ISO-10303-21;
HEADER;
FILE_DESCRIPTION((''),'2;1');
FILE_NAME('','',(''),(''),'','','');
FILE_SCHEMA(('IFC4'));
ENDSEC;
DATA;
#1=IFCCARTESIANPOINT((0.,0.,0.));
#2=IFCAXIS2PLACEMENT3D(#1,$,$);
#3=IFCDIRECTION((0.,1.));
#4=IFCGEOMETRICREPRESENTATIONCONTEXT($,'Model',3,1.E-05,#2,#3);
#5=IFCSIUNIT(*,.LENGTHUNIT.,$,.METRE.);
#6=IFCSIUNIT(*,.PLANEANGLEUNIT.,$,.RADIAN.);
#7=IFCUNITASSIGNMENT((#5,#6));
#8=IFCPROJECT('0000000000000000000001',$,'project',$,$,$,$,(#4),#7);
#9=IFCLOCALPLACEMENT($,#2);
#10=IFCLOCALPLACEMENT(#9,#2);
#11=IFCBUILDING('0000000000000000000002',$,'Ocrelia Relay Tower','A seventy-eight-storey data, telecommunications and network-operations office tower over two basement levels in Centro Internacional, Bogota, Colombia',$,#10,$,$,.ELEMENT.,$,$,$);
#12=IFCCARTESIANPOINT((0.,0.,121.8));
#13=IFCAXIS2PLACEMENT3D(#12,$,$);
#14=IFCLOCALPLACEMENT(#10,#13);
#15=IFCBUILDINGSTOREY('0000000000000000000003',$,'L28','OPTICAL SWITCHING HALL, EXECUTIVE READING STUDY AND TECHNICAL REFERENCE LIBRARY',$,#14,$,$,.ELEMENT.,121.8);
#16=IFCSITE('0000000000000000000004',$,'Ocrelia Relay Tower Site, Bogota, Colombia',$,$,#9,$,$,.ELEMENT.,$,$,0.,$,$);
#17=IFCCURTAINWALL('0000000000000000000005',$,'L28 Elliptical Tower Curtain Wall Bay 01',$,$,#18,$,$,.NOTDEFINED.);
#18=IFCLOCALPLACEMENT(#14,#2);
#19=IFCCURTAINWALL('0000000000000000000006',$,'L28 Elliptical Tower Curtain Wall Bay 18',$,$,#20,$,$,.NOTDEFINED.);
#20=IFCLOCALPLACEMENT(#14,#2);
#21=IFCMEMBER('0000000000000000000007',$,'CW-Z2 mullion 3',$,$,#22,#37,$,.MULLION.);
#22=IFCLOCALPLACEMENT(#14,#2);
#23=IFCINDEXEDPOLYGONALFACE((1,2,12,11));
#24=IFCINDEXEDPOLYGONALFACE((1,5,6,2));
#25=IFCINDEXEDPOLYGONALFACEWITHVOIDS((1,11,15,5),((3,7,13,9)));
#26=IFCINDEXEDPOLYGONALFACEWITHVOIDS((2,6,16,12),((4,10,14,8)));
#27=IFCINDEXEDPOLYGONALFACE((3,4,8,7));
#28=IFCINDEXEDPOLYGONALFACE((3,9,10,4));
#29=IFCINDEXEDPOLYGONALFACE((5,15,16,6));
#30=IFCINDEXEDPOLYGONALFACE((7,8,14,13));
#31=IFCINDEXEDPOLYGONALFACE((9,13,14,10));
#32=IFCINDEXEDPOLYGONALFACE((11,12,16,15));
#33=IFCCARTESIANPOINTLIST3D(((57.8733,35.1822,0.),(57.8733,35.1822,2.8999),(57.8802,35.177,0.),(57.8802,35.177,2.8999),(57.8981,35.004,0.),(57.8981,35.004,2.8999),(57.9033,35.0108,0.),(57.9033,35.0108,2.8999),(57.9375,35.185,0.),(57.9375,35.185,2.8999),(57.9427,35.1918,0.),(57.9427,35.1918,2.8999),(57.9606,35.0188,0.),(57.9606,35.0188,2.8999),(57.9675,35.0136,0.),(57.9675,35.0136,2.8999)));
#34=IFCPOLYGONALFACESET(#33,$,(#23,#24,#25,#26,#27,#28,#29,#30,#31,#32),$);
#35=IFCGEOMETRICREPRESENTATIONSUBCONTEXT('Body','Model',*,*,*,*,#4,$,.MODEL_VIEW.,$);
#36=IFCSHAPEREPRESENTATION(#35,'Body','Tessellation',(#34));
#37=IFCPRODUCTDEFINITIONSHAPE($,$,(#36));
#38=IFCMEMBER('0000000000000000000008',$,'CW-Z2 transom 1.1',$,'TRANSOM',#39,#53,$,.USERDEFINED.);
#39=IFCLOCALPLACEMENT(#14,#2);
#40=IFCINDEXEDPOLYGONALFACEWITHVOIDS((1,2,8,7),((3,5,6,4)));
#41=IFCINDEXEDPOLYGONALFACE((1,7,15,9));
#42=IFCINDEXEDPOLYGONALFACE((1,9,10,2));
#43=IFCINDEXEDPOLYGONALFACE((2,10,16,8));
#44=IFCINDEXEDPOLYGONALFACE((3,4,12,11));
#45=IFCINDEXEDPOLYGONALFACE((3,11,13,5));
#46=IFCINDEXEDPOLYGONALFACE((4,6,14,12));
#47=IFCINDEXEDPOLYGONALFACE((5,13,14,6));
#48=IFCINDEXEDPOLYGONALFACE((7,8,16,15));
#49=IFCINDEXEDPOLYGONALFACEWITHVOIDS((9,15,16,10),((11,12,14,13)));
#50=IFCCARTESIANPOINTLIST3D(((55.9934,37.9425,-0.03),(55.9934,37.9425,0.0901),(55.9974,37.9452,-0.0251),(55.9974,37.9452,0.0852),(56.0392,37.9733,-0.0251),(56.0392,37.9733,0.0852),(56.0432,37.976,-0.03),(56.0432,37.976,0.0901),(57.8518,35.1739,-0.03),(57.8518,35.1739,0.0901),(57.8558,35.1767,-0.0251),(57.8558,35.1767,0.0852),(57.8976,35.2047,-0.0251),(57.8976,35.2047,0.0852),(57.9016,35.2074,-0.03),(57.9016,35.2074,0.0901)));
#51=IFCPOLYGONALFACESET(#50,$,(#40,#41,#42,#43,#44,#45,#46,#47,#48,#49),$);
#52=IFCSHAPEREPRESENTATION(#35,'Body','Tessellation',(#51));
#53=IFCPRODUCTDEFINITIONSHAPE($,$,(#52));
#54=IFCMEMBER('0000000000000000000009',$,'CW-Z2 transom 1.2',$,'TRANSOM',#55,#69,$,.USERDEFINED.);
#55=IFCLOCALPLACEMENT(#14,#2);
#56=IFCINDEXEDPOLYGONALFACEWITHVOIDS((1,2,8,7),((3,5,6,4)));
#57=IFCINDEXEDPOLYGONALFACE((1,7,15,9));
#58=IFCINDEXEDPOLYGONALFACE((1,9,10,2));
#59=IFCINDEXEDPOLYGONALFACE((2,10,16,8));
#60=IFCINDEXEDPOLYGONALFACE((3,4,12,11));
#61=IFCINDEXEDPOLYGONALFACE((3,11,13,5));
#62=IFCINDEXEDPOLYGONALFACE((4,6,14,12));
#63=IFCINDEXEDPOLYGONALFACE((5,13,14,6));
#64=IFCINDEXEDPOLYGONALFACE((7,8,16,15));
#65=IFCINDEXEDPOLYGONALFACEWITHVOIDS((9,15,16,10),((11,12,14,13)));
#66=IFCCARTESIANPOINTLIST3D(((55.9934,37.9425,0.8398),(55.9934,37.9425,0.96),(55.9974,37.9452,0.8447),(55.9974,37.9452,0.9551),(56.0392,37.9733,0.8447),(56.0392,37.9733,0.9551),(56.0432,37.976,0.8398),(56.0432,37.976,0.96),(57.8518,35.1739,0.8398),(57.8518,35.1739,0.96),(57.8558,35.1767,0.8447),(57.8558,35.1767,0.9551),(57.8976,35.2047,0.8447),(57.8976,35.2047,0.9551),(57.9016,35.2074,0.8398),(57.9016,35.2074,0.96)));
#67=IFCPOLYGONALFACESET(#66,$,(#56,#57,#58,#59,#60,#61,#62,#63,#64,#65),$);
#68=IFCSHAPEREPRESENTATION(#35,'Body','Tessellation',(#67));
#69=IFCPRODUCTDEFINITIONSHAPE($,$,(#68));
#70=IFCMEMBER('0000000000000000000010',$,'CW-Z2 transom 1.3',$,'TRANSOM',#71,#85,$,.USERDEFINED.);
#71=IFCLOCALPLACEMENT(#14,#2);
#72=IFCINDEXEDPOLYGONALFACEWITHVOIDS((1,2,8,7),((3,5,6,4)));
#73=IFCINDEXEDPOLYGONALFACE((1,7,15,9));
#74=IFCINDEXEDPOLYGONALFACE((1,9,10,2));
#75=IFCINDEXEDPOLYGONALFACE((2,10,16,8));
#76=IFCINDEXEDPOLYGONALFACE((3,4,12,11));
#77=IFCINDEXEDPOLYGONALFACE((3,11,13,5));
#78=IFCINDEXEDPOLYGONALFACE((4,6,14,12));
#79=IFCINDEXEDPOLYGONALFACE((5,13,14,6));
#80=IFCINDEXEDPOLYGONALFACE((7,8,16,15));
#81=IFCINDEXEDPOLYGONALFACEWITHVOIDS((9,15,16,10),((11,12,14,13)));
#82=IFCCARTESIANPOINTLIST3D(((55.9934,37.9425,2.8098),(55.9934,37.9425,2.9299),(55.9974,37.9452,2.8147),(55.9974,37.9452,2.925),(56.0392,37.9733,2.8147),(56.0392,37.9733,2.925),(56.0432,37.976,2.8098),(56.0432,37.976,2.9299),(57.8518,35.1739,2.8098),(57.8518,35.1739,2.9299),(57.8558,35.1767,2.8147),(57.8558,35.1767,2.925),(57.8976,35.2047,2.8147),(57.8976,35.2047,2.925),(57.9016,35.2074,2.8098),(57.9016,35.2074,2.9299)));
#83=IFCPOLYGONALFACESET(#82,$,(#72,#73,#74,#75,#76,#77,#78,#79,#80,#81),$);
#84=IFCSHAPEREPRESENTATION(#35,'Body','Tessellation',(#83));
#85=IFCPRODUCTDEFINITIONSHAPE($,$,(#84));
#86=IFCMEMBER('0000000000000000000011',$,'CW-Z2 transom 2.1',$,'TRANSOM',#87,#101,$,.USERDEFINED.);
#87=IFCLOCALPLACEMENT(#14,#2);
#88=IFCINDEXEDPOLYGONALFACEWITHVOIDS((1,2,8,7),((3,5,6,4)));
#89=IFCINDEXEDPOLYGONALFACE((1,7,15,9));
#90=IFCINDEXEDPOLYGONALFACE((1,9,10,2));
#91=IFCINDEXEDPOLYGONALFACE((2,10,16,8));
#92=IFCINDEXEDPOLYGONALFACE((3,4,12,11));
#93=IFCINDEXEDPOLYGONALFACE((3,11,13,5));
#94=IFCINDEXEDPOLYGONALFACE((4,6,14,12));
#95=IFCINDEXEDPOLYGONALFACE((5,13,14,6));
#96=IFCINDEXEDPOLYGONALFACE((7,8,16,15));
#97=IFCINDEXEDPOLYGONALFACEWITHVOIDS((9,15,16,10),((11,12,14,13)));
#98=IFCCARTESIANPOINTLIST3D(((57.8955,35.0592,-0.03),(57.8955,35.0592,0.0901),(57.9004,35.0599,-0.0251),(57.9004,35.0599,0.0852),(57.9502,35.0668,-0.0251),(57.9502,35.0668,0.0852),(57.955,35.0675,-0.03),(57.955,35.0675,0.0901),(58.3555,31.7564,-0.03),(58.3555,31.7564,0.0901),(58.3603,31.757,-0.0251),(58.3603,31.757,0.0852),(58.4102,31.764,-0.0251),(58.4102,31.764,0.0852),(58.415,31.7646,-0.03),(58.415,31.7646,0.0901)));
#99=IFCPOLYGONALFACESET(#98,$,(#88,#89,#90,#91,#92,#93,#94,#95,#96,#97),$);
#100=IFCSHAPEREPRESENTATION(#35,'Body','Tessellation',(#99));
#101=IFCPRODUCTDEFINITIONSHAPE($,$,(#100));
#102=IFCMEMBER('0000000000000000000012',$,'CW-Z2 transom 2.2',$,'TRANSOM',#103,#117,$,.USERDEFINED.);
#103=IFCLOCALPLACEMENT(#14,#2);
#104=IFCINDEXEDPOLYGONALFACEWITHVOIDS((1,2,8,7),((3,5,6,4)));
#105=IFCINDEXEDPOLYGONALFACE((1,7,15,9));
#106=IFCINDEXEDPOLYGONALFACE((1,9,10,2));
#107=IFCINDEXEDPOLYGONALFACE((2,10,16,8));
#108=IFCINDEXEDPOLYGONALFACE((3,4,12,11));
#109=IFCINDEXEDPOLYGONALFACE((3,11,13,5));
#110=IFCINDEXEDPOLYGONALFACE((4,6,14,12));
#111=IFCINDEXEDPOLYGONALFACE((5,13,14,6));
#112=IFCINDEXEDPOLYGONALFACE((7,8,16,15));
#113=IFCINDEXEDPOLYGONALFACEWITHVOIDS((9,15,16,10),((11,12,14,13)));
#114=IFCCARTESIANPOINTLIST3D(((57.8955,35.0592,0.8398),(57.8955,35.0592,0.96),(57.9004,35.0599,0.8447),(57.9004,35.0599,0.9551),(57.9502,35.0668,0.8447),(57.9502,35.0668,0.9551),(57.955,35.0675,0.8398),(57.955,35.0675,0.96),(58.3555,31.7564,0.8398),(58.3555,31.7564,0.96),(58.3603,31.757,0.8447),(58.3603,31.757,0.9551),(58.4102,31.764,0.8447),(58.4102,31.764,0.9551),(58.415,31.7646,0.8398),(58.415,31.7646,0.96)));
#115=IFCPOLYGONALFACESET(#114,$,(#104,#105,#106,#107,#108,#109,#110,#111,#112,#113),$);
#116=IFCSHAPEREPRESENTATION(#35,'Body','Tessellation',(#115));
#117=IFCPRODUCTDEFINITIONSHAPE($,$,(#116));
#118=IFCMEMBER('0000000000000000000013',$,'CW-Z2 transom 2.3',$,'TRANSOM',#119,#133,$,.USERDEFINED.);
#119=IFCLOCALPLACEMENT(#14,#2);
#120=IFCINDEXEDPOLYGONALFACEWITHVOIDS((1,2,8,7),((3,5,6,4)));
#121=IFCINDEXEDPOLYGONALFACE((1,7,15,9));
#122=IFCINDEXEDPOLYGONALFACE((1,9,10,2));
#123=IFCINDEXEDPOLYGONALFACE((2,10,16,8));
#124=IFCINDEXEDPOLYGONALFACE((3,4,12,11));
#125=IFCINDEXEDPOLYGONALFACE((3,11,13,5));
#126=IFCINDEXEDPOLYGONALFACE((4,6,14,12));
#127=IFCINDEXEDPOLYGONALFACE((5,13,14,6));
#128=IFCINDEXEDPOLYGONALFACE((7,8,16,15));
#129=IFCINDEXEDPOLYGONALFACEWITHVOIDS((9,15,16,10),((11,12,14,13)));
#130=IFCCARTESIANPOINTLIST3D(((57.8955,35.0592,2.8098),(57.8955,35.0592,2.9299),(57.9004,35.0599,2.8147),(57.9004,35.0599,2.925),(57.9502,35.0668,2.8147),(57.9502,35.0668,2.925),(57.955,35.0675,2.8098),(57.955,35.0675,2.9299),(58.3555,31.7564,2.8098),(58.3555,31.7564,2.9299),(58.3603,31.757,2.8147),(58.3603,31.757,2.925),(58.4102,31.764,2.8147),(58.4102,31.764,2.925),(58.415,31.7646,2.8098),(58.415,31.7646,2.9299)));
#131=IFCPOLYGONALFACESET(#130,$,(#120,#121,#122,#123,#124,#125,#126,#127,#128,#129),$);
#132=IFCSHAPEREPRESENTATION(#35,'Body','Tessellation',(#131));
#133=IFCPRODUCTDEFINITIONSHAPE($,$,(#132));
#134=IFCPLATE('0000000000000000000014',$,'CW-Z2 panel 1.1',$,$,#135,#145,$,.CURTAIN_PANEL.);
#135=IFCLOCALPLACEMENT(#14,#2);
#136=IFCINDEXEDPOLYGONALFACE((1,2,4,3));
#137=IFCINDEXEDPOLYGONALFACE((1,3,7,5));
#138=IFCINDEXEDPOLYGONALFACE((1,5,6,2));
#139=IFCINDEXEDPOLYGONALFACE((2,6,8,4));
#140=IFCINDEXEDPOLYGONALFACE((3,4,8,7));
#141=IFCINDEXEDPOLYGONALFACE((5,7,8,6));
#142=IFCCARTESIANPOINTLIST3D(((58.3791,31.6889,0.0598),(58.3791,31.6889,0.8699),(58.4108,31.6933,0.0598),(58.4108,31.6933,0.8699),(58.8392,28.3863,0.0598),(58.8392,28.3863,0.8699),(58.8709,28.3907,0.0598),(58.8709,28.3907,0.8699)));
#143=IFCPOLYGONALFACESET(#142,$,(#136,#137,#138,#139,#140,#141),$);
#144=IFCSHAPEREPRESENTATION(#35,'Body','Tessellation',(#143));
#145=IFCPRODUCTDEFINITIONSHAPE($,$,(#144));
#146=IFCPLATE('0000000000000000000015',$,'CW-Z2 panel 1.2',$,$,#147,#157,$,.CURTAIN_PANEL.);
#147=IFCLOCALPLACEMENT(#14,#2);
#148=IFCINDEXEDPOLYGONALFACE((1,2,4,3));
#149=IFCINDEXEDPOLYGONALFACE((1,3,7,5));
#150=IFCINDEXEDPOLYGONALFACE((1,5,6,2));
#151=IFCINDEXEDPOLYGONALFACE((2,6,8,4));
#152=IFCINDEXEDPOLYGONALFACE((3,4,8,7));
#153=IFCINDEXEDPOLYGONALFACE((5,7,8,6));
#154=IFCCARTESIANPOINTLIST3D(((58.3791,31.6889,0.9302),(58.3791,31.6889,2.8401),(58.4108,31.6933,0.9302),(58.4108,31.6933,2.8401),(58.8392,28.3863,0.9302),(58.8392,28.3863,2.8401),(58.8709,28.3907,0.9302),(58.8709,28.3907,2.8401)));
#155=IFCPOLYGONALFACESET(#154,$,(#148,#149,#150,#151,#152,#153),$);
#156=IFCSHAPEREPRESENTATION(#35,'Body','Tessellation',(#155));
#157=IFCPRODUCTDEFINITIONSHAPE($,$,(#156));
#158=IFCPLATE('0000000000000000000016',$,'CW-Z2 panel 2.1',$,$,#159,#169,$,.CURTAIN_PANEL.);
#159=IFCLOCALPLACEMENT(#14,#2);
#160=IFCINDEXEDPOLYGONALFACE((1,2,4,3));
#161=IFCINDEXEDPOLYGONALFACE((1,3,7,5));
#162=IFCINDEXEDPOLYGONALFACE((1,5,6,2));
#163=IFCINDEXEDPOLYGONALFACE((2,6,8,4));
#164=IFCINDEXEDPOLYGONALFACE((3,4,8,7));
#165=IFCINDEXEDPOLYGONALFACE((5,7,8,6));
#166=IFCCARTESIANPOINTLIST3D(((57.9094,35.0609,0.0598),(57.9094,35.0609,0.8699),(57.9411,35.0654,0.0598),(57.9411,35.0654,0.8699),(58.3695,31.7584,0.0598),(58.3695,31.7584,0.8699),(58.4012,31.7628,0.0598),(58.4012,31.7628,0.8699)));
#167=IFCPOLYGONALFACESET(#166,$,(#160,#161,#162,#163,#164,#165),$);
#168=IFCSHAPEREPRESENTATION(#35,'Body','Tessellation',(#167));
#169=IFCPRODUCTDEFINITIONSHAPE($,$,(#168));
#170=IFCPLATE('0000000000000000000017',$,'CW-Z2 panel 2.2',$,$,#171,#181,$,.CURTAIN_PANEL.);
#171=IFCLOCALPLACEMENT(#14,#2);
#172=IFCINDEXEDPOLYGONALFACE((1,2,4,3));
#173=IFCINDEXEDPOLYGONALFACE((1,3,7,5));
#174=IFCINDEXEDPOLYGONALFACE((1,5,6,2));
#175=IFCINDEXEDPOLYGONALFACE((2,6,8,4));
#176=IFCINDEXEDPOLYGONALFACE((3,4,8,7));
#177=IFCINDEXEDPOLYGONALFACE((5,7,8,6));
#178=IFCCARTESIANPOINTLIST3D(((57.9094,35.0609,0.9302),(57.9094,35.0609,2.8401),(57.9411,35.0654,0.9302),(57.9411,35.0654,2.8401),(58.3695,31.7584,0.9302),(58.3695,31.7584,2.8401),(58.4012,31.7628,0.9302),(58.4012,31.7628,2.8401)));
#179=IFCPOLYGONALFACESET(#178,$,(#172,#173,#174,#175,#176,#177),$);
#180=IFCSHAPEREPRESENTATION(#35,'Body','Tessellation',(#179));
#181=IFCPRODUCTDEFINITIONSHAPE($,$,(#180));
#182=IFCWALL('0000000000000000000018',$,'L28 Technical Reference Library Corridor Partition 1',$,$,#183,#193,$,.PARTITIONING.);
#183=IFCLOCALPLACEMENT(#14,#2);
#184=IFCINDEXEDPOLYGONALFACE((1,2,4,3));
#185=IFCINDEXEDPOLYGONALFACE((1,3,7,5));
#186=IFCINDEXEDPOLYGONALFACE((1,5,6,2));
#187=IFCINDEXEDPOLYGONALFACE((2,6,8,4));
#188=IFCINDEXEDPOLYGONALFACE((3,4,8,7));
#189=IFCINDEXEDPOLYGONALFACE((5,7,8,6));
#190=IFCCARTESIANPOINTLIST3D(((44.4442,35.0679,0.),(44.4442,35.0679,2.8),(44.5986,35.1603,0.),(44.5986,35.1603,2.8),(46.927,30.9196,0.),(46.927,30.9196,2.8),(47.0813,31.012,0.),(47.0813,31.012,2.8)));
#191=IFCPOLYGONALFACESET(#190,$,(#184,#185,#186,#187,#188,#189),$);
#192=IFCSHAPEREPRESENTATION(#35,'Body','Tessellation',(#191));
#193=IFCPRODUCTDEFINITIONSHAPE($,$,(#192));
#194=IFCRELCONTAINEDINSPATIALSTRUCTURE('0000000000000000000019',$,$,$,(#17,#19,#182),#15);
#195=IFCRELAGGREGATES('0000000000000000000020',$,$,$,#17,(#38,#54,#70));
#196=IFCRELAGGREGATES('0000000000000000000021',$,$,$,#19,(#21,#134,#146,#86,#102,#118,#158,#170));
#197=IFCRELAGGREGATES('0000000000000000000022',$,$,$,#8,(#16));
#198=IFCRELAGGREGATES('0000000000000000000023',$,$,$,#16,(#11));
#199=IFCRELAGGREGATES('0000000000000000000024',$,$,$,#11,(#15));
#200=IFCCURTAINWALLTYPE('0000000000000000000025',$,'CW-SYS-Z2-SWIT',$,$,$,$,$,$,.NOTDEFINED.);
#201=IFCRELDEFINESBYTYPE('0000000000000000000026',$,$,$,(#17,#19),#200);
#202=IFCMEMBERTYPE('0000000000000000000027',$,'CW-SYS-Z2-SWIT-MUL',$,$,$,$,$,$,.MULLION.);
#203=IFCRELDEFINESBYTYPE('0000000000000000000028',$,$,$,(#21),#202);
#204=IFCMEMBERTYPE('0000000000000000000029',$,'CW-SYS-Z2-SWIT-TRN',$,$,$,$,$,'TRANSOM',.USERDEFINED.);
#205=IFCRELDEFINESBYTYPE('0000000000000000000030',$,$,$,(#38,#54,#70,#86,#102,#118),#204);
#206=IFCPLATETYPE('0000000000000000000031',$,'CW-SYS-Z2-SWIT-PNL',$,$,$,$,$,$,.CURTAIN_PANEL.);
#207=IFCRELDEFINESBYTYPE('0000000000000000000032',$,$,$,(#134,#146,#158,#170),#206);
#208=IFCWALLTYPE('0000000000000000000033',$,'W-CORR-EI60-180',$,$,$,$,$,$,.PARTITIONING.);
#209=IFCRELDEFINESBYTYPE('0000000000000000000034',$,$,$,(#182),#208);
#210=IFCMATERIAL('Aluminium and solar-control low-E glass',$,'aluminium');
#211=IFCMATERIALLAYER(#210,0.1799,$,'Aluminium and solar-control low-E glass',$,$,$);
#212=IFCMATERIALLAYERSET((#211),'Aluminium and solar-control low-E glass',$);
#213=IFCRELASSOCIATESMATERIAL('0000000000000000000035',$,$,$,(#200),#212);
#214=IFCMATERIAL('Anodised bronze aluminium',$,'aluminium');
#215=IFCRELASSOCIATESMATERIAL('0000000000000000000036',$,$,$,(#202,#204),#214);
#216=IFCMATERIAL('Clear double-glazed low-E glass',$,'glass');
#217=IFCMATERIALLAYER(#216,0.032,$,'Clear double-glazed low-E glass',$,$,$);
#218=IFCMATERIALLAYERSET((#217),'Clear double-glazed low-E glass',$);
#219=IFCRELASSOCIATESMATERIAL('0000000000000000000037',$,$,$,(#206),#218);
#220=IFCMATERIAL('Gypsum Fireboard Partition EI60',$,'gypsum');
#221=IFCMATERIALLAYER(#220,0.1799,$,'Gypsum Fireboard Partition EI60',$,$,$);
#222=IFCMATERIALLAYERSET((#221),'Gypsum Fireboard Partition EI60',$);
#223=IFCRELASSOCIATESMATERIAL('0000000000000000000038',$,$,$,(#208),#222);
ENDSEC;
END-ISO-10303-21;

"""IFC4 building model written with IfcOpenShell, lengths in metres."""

from ifc_helpers import new_model, si_unit, direction, frame, frame_2d, origin, origin_2d, place, context, subcontext, project, spatial, rectangle, hollow_rectangle, extrude, material, layer, layer_set, material_profile, profile_set, type_object, element, aggregate, save


model = new_model("IFC4")

# Units and contexts
model_context = context("Model", 3, precision=1e-05, world=origin(), true_north=direction((0.0, 1.0)))
body_context = subcontext(model_context, "Body", "Model", "MODEL_VIEW")
ifc_project = project(units=[si_unit("LENGTHUNIT", "METRE"), si_unit("PLANEANGLEUNIT", "RADIAN")], contexts=[model_context])

# Site, building, storey
site_placement = place(None, origin())
site = spatial("IfcSite", under=ifc_project, at=site_placement, Name="Ocrelia Relay Tower Site, Bogota, Colombia", CompositionType="ELEMENT", RefElevation=0.0)
building_placement = place(site_placement, origin())
building = spatial("IfcBuilding", under=site, at=building_placement, Name="Ocrelia Relay Tower", Description="A seventy-eight-storey data, telecommunications and network-operations office tower over two basement levels in Centro Internacional, Bogota, Colombia", CompositionType="ELEMENT")
storey_placement = place(building_placement, frame((0.0, 0.0, 121.8)))
storey = spatial("IfcBuildingStorey", under=building, at=storey_placement, Name="L28", Description="OPTICAL SWITCHING HALL, EXECUTIVE READING STUDY AND TECHNICAL REFERENCE LIBRARY", CompositionType="ELEMENT", Elevation=121.8)

# Curtain wall
ifc_material_1 = material(Name="Aluminium and solar-control low-E glass", Category="aluminium")
ifc_layer_1 = layer(ifc_material_1, 0.1799, Name="Aluminium and solar-control low-E glass")
ifc_layer_set_1 = layer_set([ifc_layer_1], Name="Aluminium and solar-control low-E glass")
curtain_wall_type = type_object("IfcCurtainWallType", Name="CW-SYS-Z2-SWIT", PredefinedType="NOTDEFINED", material=ifc_layer_set_1)
curtain_wall_1_placement = place(storey_placement, origin())
curtain_wall_1 = element("IfcCurtainWall", 1, at=curtain_wall_1_placement, inside=storey, type_object=curtain_wall_type, Name="L28 Elliptical Tower Curtain Wall Bay 01", PredefinedType="NOTDEFINED")
ifc_material_2 = material(Name="Anodised bronze aluminium", Category="aluminium")
ifc_material_profile_1 = material_profile(ifc_material_2, hollow_rectangle(XDim=0.0701, YDim=0.1799, WallThickness=0.0061, at=origin_2d()), Name="CW-MUL-180x70")
ifc_profile_set_1 = profile_set([ifc_material_profile_1], Name="Anodised bronze aluminium")
member_type_1 = type_object("IfcMemberType", Name="CW-SYS-Z2-SWIT-MUL", PredefinedType="MULLION", material=ifc_profile_set_1)

# Curtain wall, member
curtain_wall_2_placement = place(storey_placement, origin())
curtain_wall_2 = element("IfcCurtainWall", 2, at=curtain_wall_2_placement, inside=storey, type_object=curtain_wall_type, Name="L28 Elliptical Tower Curtain Wall Bay 18", PredefinedType="NOTDEFINED")
member_1_placement = place(storey_placement, frame((57.9204, 35.0979, 0.0), z_axis=(0.0, 0.0, 1.0), x_axis=(-0.990435, -0.137983, 0.0)))
member_1 = element("IfcMember", 3, at=member_1_placement, type_object=member_type_1, Name="CW-Z2 mullion 3", PredefinedType="MULLION", context=body_context, shape_type="SweptSolid", body=[
    extrude(hollow_rectangle(XDim=0.0701, YDim=0.1799, WallThickness=0.0061, at=origin_2d()), origin(), (0.0, 0.0, 1.0), 2.8999),
])

# Members
ifc_material_profile_2 = material_profile(ifc_material_2, hollow_rectangle(XDim=0.0601, YDim=0.1201, WallThickness=0.0049, at=origin_2d()), Name="CW-TRN-120x60")
ifc_profile_set_2 = profile_set([ifc_material_profile_2], Name="Anodised bronze aluminium")
member_type_2 = type_object("IfcMemberType", Name="CW-SYS-Z2-SWIT-TRN", ElementType="TRANSOM", PredefinedType="USERDEFINED", material=ifc_profile_set_2)
member_2_placement = place(storey_placement, frame((57.8767, 35.1907, 0.03), z_axis=(-0.557333, 0.830289, 0.0), x_axis=(-0.830289, -0.557333, 0.0)))
member_2 = element("IfcMember", 4, at=member_2_placement, type_object=member_type_2, Name="CW-Z2 transom 1.1", ObjectType="TRANSOM", PredefinedType="USERDEFINED", context=body_context, shape_type="SweptSolid", body=[
    extrude(hollow_rectangle(XDim=0.0601, YDim=0.1201, WallThickness=0.0049, at=origin_2d()), origin(), (0.0, 0.0, 1.0), 3.3345),
])
member_3_placement = place(storey_placement, frame((57.8767, 35.1907, 0.8999), z_axis=(-0.557333, 0.830289, 0.0), x_axis=(-0.830289, -0.557333, 0.0)))
member_3 = element("IfcMember", 5, at=member_3_placement, type_object=member_type_2, Name="CW-Z2 transom 1.2", ObjectType="TRANSOM", PredefinedType="USERDEFINED", context=body_context, shape_type="SweptSolid", body=[
    extrude(hollow_rectangle(XDim=0.0601, YDim=0.1201, WallThickness=0.0049, at=origin_2d()), origin(), (0.0, 0.0, 1.0), 3.3345),
])
member_4_placement = place(storey_placement, frame((57.8767, 35.1907, 2.8699), z_axis=(-0.557333, 0.830289, 0.0), x_axis=(-0.830289, -0.557333, 0.0)))
member_4 = element("IfcMember", 6, at=member_4_placement, type_object=member_type_2, Name="CW-Z2 transom 1.3", ObjectType="TRANSOM", PredefinedType="USERDEFINED", context=body_context, shape_type="SweptSolid", body=[
    extrude(hollow_rectangle(XDim=0.0601, YDim=0.1201, WallThickness=0.0049, at=origin_2d()), origin(), (0.0, 0.0, 1.0), 3.3345),
])
aggregate(curtain_wall_1, [member_2, member_3, member_4])
member_5_placement = place(storey_placement, frame((58.3853, 31.7605, 0.03), z_axis=(-0.137935, 0.990441, 0.0), x_axis=(-0.990441, -0.137935, 0.0)))
member_5 = element("IfcMember", 7, at=member_5_placement, type_object=member_type_2, Name="CW-Z2 transom 2.1", ObjectType="TRANSOM", PredefinedType="USERDEFINED", context=body_context, shape_type="SweptSolid", body=[
    extrude(hollow_rectangle(XDim=0.0601, YDim=0.1201, WallThickness=0.0049, at=origin_2d()), origin(), (0.0, 0.0, 1.0), 3.3347),
])
member_6_placement = place(storey_placement, frame((58.3853, 31.7605, 0.8999), z_axis=(-0.137935, 0.990441, 0.0), x_axis=(-0.990441, -0.137935, 0.0)))
member_6 = element("IfcMember", 8, at=member_6_placement, type_object=member_type_2, Name="CW-Z2 transom 2.2", ObjectType="TRANSOM", PredefinedType="USERDEFINED", context=body_context, shape_type="SweptSolid", body=[
    extrude(hollow_rectangle(XDim=0.0601, YDim=0.1201, WallThickness=0.0049, at=origin_2d()), origin(), (0.0, 0.0, 1.0), 3.3347),
])
member_7_placement = place(storey_placement, frame((58.3853, 31.7605, 2.8699), z_axis=(-0.137935, 0.990441, 0.0), x_axis=(-0.990441, -0.137935, 0.0)))
member_7 = element("IfcMember", 9, at=member_7_placement, type_object=member_type_2, Name="CW-Z2 transom 2.3", ObjectType="TRANSOM", PredefinedType="USERDEFINED", context=body_context, shape_type="SweptSolid", body=[
    extrude(hollow_rectangle(XDim=0.0601, YDim=0.1201, WallThickness=0.0049, at=origin_2d()), origin(), (0.0, 0.0, 1.0), 3.3347),
])

# Plates
ifc_material_3 = material(Name="Clear double-glazed low-E glass", Category="glass")
ifc_layer_2 = layer(ifc_material_3, 0.032, Name="Clear double-glazed low-E glass")
ifc_layer_set_2 = layer_set([ifc_layer_2], Name="Clear double-glazed low-E glass")
plate_type = type_object("IfcPlateType", Name="CW-SYS-Z2-SWIT-PNL", PredefinedType="CURTAIN_PANEL", material=ifc_layer_set_2)
plate_1_placement = place(storey_placement, frame((58.625, 30.0398, 0.0598), z_axis=(0.0, 0.0, 1.0), x_axis=(-0.137983, 0.990435, 0.0)))
plate_1 = element("IfcPlate", 10, at=plate_1_placement, type_object=plate_type, Name="CW-Z2 panel 1.1", PredefinedType="CURTAIN_PANEL", context=body_context, shape_type="SweptSolid", body=[
    extrude(rectangle(XDim=3.3345, YDim=0.032, at=origin_2d()), origin(), (0.0, 0.0, 1.0), 0.8101),
])
plate_2_placement = place(storey_placement, frame((58.625, 30.0398, 0.9302), z_axis=(0.0, 0.0, 1.0), x_axis=(-0.137983, 0.990435, 0.0)))
plate_2 = element("IfcPlate", 11, at=plate_2_placement, type_object=plate_type, Name="CW-Z2 panel 1.2", PredefinedType="CURTAIN_PANEL", context=body_context, shape_type="SweptSolid", body=[
    extrude(rectangle(XDim=3.3345, YDim=0.032, at=origin_2d()), origin(), (0.0, 0.0, 1.0), 1.9099),
])
plate_3_placement = place(storey_placement, frame((58.1553, 33.4119, 0.0598), z_axis=(0.0, 0.0, 1.0), x_axis=(-0.137983, 0.990435, 0.0)))
plate_3 = element("IfcPlate", 12, at=plate_3_placement, type_object=plate_type, Name="CW-Z2 panel 2.1", PredefinedType="CURTAIN_PANEL", context=body_context, shape_type="SweptSolid", body=[
    extrude(rectangle(XDim=3.3345, YDim=0.032, at=origin_2d()), origin(), (0.0, 0.0, 1.0), 0.8101),
])
plate_4_placement = place(storey_placement, frame((58.1553, 33.4119, 0.9302), z_axis=(0.0, 0.0, 1.0), x_axis=(-0.137983, 0.990435, 0.0)))
plate_4 = element("IfcPlate", 13, at=plate_4_placement, type_object=plate_type, Name="CW-Z2 panel 2.2", PredefinedType="CURTAIN_PANEL", context=body_context, shape_type="SweptSolid", body=[
    extrude(rectangle(XDim=3.3345, YDim=0.032, at=origin_2d()), origin(), (0.0, 0.0, 1.0), 1.9099),
])
aggregate(curtain_wall_2, [member_1, plate_1, plate_2, member_5, member_6, member_7, plate_3, plate_4])

# Wall
ifc_material_4 = material(Name="Gypsum Fireboard Partition EI60", Category="gypsum")
ifc_layer_3 = layer(ifc_material_4, 0.1799, Name="Gypsum Fireboard Partition EI60")
ifc_layer_set_3 = layer_set([ifc_layer_3], Name="Gypsum Fireboard Partition EI60")
wall_type_1 = type_object("IfcWallType", Name="W-CORR-EI60-180", PredefinedType="PARTITIONING", material=ifc_layer_set_3)
wall_1_placement = place(storey_placement, frame((47.0042, 30.9658, 0.0), z_axis=(0.0, 0.0, 1.0), x_axis=(-0.513545, 0.858063, 0.0)))
element("IfcWall", 14, at=wall_1_placement, inside=storey, type_object=wall_type_1, Name="L28 Technical Reference Library Corridor Partition 1", PredefinedType="PARTITIONING", context=body_context, shape_type="SweptSolid", body=[
    extrude(rectangle(XDim=4.8345, YDim=0.1799, at=frame_2d((2.4172, 0.0))), origin(), (0.0, 0.0, 1.0), 2.8),
])

save(model, "model.ifc")
